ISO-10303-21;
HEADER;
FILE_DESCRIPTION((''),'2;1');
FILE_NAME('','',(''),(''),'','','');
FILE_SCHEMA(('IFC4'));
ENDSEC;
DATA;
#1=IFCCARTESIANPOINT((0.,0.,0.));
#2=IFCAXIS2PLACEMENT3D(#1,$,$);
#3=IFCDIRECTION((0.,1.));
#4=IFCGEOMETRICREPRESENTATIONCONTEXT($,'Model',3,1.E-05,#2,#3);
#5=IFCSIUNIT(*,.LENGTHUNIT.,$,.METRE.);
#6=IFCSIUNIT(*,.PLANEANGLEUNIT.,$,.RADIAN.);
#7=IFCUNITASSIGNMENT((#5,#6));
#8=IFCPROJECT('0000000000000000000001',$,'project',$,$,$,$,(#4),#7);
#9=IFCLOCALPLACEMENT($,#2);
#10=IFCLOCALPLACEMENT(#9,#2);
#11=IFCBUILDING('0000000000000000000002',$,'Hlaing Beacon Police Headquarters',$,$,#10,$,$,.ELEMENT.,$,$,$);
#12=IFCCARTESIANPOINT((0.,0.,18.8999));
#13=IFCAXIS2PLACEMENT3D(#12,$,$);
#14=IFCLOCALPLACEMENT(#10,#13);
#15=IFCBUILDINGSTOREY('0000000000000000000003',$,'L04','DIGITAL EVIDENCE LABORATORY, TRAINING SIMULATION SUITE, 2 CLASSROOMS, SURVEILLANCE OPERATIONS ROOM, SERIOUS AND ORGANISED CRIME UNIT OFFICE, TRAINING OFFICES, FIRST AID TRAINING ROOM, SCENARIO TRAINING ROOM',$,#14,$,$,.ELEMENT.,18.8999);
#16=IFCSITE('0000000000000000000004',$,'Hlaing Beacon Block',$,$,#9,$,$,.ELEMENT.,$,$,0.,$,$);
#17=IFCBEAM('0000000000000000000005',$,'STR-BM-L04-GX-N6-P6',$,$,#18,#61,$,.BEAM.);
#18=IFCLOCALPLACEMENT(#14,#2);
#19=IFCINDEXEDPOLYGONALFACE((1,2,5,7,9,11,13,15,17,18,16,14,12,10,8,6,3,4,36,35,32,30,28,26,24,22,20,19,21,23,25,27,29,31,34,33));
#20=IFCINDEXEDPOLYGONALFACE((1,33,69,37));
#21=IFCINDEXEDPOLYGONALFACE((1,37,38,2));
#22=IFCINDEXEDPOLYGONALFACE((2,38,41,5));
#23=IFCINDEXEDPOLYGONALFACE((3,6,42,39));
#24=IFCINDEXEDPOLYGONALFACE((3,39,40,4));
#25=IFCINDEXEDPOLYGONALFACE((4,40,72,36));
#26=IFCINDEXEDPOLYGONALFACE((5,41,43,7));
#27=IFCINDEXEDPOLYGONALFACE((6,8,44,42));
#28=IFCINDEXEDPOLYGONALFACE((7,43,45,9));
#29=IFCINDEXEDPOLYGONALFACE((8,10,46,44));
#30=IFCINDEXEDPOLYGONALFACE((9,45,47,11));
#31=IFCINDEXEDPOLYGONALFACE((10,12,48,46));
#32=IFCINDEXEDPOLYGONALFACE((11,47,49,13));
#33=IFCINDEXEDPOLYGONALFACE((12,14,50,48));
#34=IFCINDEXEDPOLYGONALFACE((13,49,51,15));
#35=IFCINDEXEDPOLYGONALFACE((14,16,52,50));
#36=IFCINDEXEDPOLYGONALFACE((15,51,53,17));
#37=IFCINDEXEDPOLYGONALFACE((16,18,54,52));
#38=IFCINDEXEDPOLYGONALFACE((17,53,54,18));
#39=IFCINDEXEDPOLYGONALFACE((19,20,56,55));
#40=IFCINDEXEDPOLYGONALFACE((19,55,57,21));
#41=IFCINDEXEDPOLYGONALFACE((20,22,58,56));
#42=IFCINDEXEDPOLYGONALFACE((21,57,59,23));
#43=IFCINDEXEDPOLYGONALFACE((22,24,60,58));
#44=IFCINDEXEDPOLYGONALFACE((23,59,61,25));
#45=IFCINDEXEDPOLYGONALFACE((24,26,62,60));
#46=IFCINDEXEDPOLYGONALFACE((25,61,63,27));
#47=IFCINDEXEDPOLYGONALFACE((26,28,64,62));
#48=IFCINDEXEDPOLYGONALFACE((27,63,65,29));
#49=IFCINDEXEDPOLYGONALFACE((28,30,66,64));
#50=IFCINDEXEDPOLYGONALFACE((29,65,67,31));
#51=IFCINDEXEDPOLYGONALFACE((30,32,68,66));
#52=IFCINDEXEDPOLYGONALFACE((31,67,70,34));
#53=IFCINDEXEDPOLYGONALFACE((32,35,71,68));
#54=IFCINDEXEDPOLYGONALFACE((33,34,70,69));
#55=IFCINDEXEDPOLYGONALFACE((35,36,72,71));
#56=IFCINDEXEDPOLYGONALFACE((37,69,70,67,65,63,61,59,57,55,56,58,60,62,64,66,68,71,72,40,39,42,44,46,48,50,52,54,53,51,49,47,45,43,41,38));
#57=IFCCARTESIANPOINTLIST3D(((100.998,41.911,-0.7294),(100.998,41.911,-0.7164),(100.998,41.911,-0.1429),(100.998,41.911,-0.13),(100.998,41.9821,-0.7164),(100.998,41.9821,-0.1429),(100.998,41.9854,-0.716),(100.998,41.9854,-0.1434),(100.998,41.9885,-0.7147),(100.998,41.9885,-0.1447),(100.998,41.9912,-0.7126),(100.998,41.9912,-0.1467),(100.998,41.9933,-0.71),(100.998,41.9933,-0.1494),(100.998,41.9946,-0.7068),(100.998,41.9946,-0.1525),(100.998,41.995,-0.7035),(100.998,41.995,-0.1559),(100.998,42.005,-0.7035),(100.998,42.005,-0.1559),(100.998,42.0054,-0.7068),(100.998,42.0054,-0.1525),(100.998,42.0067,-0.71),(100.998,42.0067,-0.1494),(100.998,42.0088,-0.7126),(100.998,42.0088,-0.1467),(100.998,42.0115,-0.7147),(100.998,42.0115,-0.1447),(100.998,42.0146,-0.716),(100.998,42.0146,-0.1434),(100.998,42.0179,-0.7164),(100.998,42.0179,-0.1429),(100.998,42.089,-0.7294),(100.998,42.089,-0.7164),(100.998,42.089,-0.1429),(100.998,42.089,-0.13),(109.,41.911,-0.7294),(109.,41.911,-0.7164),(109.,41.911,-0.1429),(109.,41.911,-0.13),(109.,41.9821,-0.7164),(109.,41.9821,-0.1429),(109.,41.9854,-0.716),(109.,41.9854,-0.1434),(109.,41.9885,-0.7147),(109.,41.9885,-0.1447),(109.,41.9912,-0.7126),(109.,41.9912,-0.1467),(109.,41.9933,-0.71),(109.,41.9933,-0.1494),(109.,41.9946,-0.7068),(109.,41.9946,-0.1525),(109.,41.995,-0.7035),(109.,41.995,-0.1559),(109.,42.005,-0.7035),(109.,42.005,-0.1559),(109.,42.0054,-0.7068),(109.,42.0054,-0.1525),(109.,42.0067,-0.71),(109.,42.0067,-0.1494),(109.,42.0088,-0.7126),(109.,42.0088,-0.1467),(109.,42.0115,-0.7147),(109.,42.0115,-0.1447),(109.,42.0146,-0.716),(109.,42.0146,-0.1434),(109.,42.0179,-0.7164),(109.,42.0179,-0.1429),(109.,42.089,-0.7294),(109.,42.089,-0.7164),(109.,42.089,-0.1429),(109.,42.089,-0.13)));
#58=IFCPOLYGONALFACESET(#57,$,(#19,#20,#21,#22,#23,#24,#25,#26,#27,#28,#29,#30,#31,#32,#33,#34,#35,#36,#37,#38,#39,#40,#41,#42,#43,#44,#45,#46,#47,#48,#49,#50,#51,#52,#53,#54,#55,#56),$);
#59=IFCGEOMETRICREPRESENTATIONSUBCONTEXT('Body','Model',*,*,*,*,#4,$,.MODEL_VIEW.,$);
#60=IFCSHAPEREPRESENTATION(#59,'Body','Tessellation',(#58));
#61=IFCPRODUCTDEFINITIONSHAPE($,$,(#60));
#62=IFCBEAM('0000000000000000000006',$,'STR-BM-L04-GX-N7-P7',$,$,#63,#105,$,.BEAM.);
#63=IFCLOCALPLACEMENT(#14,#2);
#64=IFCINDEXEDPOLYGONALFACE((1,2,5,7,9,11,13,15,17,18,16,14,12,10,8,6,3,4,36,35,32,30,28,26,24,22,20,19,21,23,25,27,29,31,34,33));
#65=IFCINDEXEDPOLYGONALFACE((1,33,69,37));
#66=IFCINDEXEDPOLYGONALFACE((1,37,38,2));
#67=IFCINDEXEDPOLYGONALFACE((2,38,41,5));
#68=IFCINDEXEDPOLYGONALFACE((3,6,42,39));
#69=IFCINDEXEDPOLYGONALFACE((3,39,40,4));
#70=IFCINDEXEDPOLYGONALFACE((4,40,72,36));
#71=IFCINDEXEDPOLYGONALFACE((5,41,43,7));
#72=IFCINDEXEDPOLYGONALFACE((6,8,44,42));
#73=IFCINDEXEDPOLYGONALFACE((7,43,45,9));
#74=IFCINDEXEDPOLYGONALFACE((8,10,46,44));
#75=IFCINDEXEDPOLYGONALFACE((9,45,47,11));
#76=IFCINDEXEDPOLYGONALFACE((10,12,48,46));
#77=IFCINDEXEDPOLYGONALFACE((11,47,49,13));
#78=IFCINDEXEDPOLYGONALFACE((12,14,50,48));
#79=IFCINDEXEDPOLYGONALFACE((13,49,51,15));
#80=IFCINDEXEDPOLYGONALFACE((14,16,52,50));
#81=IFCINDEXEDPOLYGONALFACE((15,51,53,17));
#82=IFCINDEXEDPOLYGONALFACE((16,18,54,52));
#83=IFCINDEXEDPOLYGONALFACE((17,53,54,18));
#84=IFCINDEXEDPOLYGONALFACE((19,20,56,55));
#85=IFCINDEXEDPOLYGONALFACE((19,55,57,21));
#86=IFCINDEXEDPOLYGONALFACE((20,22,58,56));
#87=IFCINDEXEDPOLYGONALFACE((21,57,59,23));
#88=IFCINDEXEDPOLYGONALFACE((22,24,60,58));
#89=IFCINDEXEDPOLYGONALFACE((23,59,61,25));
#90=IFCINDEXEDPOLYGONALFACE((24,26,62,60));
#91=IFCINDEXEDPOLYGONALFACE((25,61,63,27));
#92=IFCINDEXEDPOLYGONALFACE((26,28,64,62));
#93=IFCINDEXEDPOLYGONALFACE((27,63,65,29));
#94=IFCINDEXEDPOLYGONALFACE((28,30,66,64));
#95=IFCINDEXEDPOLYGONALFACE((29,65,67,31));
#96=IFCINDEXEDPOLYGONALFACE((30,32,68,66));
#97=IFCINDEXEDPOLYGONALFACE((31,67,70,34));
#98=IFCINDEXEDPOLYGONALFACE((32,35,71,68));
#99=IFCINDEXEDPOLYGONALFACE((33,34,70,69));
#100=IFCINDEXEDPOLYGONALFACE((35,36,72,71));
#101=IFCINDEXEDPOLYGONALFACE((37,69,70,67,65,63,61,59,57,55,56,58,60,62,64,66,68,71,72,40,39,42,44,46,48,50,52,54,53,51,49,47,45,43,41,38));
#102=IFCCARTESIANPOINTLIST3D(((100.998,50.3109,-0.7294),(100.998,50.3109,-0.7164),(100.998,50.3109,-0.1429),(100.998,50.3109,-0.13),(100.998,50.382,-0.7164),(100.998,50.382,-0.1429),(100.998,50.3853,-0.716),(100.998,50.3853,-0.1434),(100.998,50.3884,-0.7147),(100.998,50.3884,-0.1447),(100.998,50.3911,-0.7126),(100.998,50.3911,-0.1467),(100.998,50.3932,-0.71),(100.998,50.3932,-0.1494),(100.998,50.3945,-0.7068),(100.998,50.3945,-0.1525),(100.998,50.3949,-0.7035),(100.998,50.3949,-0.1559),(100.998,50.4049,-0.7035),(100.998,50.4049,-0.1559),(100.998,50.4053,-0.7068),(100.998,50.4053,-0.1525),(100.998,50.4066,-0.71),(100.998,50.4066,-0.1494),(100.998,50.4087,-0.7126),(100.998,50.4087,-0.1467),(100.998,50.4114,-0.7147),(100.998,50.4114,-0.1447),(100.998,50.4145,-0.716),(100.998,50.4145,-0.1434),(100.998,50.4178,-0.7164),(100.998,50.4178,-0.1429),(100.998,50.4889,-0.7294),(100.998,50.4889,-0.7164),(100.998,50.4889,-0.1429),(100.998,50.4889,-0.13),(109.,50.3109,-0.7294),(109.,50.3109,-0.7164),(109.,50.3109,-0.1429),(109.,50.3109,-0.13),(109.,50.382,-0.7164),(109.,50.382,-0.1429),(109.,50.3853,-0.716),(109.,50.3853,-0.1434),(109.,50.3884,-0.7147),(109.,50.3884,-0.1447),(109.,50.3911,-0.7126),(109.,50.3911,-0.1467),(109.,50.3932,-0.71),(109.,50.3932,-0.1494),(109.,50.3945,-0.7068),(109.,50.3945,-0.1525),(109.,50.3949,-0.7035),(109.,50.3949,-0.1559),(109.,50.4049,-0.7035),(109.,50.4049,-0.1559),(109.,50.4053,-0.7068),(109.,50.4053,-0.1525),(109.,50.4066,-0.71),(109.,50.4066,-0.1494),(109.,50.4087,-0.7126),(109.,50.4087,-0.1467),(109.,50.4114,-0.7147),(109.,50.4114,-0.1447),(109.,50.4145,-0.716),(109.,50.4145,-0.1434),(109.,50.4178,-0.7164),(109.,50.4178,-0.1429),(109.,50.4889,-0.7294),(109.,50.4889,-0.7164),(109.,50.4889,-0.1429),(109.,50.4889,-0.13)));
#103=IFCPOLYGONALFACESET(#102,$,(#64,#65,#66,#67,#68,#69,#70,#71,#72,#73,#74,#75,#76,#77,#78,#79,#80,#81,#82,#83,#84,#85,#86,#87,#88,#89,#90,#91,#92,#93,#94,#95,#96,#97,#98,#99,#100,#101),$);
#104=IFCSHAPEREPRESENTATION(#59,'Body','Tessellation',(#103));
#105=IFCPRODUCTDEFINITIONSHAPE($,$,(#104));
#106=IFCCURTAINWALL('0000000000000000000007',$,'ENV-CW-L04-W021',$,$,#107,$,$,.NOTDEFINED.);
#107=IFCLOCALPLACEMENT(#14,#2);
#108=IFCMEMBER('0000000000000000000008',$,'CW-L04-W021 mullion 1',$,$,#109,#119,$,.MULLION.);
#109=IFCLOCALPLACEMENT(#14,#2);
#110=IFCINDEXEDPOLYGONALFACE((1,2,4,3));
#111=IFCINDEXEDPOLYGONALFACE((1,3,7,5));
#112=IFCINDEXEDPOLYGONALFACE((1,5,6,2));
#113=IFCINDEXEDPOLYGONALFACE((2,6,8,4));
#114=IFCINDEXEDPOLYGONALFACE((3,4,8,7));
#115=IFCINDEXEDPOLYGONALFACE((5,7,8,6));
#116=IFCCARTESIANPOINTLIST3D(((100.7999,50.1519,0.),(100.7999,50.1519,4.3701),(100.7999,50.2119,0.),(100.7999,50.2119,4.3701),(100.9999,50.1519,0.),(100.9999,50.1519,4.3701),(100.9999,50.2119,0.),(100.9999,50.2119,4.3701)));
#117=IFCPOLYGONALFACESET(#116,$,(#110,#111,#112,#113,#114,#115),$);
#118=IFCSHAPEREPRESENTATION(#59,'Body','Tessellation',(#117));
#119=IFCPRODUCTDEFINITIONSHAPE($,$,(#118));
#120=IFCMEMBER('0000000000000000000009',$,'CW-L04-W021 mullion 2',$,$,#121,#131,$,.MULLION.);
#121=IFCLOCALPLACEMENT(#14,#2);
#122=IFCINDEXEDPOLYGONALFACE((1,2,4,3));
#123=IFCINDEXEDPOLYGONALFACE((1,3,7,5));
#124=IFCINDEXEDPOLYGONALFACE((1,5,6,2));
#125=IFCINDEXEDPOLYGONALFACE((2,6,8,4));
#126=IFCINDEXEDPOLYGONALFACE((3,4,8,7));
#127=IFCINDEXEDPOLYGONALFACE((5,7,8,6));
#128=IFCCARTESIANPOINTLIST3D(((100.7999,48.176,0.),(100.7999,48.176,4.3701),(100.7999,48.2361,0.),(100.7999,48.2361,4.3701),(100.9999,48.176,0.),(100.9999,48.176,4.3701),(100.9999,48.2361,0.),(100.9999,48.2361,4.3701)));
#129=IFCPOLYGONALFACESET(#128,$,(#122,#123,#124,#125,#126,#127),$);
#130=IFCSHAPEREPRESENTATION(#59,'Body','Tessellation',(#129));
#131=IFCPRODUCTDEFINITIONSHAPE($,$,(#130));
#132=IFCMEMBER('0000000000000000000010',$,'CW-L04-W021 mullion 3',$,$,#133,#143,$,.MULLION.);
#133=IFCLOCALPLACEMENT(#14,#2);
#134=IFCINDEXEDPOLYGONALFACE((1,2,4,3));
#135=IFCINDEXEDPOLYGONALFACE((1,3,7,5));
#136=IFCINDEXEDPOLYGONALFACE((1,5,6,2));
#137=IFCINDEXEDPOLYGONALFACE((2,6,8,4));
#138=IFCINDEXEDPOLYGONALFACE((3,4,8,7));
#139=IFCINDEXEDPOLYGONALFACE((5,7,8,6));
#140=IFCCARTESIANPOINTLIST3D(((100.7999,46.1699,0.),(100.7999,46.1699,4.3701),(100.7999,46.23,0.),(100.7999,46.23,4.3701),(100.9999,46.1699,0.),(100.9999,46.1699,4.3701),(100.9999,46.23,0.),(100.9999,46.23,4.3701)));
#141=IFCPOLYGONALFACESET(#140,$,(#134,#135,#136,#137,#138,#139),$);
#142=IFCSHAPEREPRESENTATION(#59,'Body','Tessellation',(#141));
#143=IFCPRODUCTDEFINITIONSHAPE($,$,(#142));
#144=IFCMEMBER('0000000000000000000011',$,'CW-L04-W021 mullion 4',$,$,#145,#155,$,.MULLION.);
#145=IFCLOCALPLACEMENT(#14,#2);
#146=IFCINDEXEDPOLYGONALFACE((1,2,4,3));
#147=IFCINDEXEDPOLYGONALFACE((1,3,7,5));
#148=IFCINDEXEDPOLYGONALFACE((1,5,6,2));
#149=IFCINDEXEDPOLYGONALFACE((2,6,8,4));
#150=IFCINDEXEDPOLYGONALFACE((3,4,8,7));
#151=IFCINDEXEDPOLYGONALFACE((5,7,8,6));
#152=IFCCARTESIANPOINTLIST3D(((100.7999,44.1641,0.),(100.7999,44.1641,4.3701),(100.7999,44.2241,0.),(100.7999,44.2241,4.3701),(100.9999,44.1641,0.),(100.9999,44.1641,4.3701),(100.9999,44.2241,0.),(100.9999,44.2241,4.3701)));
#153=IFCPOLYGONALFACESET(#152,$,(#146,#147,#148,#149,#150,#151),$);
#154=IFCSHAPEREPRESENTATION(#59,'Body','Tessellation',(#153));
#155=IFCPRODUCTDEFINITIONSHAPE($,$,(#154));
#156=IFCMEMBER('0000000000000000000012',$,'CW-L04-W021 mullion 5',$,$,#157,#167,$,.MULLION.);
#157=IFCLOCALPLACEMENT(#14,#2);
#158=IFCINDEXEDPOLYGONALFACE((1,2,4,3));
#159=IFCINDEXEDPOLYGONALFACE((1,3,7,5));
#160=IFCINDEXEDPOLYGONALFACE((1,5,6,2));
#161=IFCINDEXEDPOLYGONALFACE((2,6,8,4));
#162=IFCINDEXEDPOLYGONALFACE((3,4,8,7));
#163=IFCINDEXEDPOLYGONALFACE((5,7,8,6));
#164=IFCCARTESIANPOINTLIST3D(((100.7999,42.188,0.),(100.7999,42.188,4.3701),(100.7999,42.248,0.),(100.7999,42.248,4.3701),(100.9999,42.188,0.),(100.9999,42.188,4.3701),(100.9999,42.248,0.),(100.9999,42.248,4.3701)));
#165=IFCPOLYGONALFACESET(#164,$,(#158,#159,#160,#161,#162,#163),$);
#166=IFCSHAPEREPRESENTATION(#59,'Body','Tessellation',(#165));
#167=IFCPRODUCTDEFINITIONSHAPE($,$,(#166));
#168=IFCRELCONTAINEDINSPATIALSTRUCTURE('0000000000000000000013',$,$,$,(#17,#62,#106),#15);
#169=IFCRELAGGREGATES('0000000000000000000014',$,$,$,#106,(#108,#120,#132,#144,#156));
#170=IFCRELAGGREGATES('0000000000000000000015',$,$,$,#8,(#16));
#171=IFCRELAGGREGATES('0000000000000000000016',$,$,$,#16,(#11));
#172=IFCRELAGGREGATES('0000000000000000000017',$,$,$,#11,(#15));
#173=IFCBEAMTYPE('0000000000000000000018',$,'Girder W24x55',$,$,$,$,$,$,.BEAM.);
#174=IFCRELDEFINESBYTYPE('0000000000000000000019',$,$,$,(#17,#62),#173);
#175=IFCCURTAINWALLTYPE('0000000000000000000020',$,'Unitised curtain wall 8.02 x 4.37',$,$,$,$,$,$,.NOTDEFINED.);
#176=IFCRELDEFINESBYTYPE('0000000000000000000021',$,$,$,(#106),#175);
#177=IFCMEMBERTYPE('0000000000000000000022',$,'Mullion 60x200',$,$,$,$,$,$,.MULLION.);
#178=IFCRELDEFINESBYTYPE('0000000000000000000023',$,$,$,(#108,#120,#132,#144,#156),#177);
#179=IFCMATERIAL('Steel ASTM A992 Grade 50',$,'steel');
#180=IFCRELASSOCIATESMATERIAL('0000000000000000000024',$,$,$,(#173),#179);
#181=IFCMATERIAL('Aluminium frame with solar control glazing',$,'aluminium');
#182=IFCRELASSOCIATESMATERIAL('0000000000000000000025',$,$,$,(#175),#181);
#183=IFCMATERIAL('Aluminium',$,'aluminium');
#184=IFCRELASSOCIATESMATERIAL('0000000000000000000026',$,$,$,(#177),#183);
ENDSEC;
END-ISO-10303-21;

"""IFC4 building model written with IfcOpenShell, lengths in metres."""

from ifc_helpers import new_model, si_unit, direction, frame, origin, origin_2d, place, context, subcontext, project, spatial, rectangle, i_section, extrude, material, material_profile, profile_set, type_object, element, aggregate, save


model = new_model("IFC4")

# Units and contexts
model_context = context("Model", 3, precision=1e-05, world=origin(), true_north=direction((0.0, 1.0)))
body_context = subcontext(model_context, "Body", "Model", "MODEL_VIEW")
ifc_project = project(units=[si_unit("LENGTHUNIT", "METRE"), si_unit("PLANEANGLEUNIT", "RADIAN")], contexts=[model_context])

# Site, building, storey
site_placement = place(None, origin())
site = spatial("IfcSite", under=ifc_project, at=site_placement, Name="Hlaing Beacon Block", CompositionType="ELEMENT", RefElevation=0.0)
building_placement = place(site_placement, origin())
building = spatial("IfcBuilding", under=site, at=building_placement, Name="Hlaing Beacon Police Headquarters", CompositionType="ELEMENT")
storey_placement = place(building_placement, frame((0.0, 0.0, 18.8999)))
storey = spatial("IfcBuildingStorey", under=building, at=storey_placement, Name="L04", Description="DIGITAL EVIDENCE LABORATORY, TRAINING SIMULATION SUITE, 2 CLASSROOMS, SURVEILLANCE OPERATIONS ROOM, SERIOUS AND ORGANISED CRIME UNIT OFFICE, TRAINING OFFICES, FIRST AID TRAINING ROOM, SCENARIO TRAINING ROOM", CompositionType="ELEMENT", Elevation=18.8999)

# Beams
ifc_material_1 = material(Name="Steel ASTM A992 Grade 50", Category="steel")
ifc_material_profile_1 = material_profile(ifc_material_1, i_section(OverallWidth=0.178, OverallDepth=0.5994, WebThickness=0.01, FlangeThickness=0.0129, FilletRadius=0.0129, at=origin_2d()), Name="W24x55")
ifc_profile_set_1 = profile_set([ifc_material_profile_1], Name="Steel ASTM A992 Grade 50")
beam_type_1 = type_object("IfcBeamType", Name="Girder W24x55", PredefinedType="BEAM", material=ifc_profile_set_1)
for number, where, z_axis, x_axis, name in (
    (1, (100.998, 42.0, -0.4297), (1.0, 0.0, 0.0), (0.0, 1.0, 0.0), "STR-BM-L04-GX-N6-P6"),
    (2, (100.998, 50.3999, -0.4297), (1.0, 0.0, 0.0), (0.0, 1.0, 0.0), "STR-BM-L04-GX-N7-P7"),
):
    element("IfcBeam", number, at=place(storey_placement, frame(where, z_axis=z_axis, x_axis=x_axis)), inside=storey, type_object=beam_type_1, Name=name, PredefinedType="BEAM", context=body_context, shape_type="SweptSolid", body=[
        extrude(i_section(OverallWidth=0.178, OverallDepth=0.5994, WebThickness=0.01, FlangeThickness=0.0129, FilletRadius=0.0129, at=origin_2d()), origin(), (0.0, 0.0, 1.0), 8.002),
    ])

# Curtain wall, members
ifc_material_2 = material(Name="Aluminium frame with solar control glazing", Category="aluminium")
curtain_wall_type = type_object("IfcCurtainWallType", Name="Unitised curtain wall 8.02 x 4.37", PredefinedType="NOTDEFINED", material=ifc_material_2)
curtain_wall_placement = place(storey_placement, origin())
curtain_wall = element("IfcCurtainWall", 3, at=curtain_wall_placement, inside=storey, type_object=curtain_wall_type, Name="ENV-CW-L04-W021", PredefinedType="NOTDEFINED")
ifc_material_3 = material(Name="Aluminium", Category="aluminium")
ifc_material_profile_2 = material_profile(ifc_material_3, rectangle(XDim=0.2, YDim=0.0601, at=origin_2d()), Name="Mullion 60x200")
ifc_profile_set_2 = profile_set([ifc_material_profile_2], Name="Aluminium")
member_type_1 = type_object("IfcMemberType", Name="Mullion 60x200", PredefinedType="MULLION", material=ifc_profile_set_2)
member_1_placement = place(storey_placement, frame((100.8999, 50.1819, 0.0), z_axis=(0.0, 0.0, 1.0), x_axis=(1.0, 0.0, 0.0)))
member_1 = element("IfcMember", 4, at=member_1_placement, type_object=member_type_1, Name="CW-L04-W021 mullion 1", PredefinedType="MULLION", context=body_context, shape_type="SweptSolid", body=[
    extrude(rectangle(XDim=0.2, YDim=0.0601, at=origin_2d()), origin(), (0.0, 0.0, 1.0), 4.3701),
])
member_2_placement = place(storey_placement, frame((100.8999, 48.2061, 0.0), z_axis=(0.0, 0.0, 1.0), x_axis=(1.0, 0.0, 0.0)))
member_2 = element("IfcMember", 5, at=member_2_placement, type_object=member_type_1, Name="CW-L04-W021 mullion 2", PredefinedType="MULLION", context=body_context, shape_type="SweptSolid", body=[
    extrude(rectangle(XDim=0.2, YDim=0.0601, at=origin_2d()), origin(), (0.0, 0.0, 1.0), 4.3701),
])
member_3_placement = place(storey_placement, frame((100.8999, 46.2, 0.0), z_axis=(0.0, 0.0, 1.0), x_axis=(1.0, 0.0, 0.0)))
member_3 = element("IfcMember", 6, at=member_3_placement, type_object=member_type_1, Name="CW-L04-W021 mullion 3", PredefinedType="MULLION", context=body_context, shape_type="SweptSolid", body=[
    extrude(rectangle(XDim=0.2, YDim=0.0601, at=origin_2d()), origin(), (0.0, 0.0, 1.0), 4.3701),
])
member_4_placement = place(storey_placement, frame((100.8999, 44.1941, 0.0), z_axis=(0.0, 0.0, 1.0), x_axis=(1.0, 0.0, 0.0)))
member_4 = element("IfcMember", 7, at=member_4_placement, type_object=member_type_1, Name="CW-L04-W021 mullion 4", PredefinedType="MULLION", context=body_context, shape_type="SweptSolid", body=[
    extrude(rectangle(XDim=0.2, YDim=0.0601, at=origin_2d()), origin(), (0.0, 0.0, 1.0), 4.3701),
])
member_5_placement = place(storey_placement, frame((100.8999, 42.218, 0.0), z_axis=(0.0, 0.0, 1.0), x_axis=(1.0, 0.0, 0.0)))
member_5 = element("IfcMember", 8, at=member_5_placement, type_object=member_type_1, Name="CW-L04-W021 mullion 5", PredefinedType="MULLION", context=body_context, shape_type="SweptSolid", body=[
    extrude(rectangle(XDim=0.2, YDim=0.0601, at=origin_2d()), origin(), (0.0, 0.0, 1.0), 4.3701),
])

aggregate(curtain_wall, [member_1, member_2, member_3, member_4, member_5])

save(model, "model.ifc")
